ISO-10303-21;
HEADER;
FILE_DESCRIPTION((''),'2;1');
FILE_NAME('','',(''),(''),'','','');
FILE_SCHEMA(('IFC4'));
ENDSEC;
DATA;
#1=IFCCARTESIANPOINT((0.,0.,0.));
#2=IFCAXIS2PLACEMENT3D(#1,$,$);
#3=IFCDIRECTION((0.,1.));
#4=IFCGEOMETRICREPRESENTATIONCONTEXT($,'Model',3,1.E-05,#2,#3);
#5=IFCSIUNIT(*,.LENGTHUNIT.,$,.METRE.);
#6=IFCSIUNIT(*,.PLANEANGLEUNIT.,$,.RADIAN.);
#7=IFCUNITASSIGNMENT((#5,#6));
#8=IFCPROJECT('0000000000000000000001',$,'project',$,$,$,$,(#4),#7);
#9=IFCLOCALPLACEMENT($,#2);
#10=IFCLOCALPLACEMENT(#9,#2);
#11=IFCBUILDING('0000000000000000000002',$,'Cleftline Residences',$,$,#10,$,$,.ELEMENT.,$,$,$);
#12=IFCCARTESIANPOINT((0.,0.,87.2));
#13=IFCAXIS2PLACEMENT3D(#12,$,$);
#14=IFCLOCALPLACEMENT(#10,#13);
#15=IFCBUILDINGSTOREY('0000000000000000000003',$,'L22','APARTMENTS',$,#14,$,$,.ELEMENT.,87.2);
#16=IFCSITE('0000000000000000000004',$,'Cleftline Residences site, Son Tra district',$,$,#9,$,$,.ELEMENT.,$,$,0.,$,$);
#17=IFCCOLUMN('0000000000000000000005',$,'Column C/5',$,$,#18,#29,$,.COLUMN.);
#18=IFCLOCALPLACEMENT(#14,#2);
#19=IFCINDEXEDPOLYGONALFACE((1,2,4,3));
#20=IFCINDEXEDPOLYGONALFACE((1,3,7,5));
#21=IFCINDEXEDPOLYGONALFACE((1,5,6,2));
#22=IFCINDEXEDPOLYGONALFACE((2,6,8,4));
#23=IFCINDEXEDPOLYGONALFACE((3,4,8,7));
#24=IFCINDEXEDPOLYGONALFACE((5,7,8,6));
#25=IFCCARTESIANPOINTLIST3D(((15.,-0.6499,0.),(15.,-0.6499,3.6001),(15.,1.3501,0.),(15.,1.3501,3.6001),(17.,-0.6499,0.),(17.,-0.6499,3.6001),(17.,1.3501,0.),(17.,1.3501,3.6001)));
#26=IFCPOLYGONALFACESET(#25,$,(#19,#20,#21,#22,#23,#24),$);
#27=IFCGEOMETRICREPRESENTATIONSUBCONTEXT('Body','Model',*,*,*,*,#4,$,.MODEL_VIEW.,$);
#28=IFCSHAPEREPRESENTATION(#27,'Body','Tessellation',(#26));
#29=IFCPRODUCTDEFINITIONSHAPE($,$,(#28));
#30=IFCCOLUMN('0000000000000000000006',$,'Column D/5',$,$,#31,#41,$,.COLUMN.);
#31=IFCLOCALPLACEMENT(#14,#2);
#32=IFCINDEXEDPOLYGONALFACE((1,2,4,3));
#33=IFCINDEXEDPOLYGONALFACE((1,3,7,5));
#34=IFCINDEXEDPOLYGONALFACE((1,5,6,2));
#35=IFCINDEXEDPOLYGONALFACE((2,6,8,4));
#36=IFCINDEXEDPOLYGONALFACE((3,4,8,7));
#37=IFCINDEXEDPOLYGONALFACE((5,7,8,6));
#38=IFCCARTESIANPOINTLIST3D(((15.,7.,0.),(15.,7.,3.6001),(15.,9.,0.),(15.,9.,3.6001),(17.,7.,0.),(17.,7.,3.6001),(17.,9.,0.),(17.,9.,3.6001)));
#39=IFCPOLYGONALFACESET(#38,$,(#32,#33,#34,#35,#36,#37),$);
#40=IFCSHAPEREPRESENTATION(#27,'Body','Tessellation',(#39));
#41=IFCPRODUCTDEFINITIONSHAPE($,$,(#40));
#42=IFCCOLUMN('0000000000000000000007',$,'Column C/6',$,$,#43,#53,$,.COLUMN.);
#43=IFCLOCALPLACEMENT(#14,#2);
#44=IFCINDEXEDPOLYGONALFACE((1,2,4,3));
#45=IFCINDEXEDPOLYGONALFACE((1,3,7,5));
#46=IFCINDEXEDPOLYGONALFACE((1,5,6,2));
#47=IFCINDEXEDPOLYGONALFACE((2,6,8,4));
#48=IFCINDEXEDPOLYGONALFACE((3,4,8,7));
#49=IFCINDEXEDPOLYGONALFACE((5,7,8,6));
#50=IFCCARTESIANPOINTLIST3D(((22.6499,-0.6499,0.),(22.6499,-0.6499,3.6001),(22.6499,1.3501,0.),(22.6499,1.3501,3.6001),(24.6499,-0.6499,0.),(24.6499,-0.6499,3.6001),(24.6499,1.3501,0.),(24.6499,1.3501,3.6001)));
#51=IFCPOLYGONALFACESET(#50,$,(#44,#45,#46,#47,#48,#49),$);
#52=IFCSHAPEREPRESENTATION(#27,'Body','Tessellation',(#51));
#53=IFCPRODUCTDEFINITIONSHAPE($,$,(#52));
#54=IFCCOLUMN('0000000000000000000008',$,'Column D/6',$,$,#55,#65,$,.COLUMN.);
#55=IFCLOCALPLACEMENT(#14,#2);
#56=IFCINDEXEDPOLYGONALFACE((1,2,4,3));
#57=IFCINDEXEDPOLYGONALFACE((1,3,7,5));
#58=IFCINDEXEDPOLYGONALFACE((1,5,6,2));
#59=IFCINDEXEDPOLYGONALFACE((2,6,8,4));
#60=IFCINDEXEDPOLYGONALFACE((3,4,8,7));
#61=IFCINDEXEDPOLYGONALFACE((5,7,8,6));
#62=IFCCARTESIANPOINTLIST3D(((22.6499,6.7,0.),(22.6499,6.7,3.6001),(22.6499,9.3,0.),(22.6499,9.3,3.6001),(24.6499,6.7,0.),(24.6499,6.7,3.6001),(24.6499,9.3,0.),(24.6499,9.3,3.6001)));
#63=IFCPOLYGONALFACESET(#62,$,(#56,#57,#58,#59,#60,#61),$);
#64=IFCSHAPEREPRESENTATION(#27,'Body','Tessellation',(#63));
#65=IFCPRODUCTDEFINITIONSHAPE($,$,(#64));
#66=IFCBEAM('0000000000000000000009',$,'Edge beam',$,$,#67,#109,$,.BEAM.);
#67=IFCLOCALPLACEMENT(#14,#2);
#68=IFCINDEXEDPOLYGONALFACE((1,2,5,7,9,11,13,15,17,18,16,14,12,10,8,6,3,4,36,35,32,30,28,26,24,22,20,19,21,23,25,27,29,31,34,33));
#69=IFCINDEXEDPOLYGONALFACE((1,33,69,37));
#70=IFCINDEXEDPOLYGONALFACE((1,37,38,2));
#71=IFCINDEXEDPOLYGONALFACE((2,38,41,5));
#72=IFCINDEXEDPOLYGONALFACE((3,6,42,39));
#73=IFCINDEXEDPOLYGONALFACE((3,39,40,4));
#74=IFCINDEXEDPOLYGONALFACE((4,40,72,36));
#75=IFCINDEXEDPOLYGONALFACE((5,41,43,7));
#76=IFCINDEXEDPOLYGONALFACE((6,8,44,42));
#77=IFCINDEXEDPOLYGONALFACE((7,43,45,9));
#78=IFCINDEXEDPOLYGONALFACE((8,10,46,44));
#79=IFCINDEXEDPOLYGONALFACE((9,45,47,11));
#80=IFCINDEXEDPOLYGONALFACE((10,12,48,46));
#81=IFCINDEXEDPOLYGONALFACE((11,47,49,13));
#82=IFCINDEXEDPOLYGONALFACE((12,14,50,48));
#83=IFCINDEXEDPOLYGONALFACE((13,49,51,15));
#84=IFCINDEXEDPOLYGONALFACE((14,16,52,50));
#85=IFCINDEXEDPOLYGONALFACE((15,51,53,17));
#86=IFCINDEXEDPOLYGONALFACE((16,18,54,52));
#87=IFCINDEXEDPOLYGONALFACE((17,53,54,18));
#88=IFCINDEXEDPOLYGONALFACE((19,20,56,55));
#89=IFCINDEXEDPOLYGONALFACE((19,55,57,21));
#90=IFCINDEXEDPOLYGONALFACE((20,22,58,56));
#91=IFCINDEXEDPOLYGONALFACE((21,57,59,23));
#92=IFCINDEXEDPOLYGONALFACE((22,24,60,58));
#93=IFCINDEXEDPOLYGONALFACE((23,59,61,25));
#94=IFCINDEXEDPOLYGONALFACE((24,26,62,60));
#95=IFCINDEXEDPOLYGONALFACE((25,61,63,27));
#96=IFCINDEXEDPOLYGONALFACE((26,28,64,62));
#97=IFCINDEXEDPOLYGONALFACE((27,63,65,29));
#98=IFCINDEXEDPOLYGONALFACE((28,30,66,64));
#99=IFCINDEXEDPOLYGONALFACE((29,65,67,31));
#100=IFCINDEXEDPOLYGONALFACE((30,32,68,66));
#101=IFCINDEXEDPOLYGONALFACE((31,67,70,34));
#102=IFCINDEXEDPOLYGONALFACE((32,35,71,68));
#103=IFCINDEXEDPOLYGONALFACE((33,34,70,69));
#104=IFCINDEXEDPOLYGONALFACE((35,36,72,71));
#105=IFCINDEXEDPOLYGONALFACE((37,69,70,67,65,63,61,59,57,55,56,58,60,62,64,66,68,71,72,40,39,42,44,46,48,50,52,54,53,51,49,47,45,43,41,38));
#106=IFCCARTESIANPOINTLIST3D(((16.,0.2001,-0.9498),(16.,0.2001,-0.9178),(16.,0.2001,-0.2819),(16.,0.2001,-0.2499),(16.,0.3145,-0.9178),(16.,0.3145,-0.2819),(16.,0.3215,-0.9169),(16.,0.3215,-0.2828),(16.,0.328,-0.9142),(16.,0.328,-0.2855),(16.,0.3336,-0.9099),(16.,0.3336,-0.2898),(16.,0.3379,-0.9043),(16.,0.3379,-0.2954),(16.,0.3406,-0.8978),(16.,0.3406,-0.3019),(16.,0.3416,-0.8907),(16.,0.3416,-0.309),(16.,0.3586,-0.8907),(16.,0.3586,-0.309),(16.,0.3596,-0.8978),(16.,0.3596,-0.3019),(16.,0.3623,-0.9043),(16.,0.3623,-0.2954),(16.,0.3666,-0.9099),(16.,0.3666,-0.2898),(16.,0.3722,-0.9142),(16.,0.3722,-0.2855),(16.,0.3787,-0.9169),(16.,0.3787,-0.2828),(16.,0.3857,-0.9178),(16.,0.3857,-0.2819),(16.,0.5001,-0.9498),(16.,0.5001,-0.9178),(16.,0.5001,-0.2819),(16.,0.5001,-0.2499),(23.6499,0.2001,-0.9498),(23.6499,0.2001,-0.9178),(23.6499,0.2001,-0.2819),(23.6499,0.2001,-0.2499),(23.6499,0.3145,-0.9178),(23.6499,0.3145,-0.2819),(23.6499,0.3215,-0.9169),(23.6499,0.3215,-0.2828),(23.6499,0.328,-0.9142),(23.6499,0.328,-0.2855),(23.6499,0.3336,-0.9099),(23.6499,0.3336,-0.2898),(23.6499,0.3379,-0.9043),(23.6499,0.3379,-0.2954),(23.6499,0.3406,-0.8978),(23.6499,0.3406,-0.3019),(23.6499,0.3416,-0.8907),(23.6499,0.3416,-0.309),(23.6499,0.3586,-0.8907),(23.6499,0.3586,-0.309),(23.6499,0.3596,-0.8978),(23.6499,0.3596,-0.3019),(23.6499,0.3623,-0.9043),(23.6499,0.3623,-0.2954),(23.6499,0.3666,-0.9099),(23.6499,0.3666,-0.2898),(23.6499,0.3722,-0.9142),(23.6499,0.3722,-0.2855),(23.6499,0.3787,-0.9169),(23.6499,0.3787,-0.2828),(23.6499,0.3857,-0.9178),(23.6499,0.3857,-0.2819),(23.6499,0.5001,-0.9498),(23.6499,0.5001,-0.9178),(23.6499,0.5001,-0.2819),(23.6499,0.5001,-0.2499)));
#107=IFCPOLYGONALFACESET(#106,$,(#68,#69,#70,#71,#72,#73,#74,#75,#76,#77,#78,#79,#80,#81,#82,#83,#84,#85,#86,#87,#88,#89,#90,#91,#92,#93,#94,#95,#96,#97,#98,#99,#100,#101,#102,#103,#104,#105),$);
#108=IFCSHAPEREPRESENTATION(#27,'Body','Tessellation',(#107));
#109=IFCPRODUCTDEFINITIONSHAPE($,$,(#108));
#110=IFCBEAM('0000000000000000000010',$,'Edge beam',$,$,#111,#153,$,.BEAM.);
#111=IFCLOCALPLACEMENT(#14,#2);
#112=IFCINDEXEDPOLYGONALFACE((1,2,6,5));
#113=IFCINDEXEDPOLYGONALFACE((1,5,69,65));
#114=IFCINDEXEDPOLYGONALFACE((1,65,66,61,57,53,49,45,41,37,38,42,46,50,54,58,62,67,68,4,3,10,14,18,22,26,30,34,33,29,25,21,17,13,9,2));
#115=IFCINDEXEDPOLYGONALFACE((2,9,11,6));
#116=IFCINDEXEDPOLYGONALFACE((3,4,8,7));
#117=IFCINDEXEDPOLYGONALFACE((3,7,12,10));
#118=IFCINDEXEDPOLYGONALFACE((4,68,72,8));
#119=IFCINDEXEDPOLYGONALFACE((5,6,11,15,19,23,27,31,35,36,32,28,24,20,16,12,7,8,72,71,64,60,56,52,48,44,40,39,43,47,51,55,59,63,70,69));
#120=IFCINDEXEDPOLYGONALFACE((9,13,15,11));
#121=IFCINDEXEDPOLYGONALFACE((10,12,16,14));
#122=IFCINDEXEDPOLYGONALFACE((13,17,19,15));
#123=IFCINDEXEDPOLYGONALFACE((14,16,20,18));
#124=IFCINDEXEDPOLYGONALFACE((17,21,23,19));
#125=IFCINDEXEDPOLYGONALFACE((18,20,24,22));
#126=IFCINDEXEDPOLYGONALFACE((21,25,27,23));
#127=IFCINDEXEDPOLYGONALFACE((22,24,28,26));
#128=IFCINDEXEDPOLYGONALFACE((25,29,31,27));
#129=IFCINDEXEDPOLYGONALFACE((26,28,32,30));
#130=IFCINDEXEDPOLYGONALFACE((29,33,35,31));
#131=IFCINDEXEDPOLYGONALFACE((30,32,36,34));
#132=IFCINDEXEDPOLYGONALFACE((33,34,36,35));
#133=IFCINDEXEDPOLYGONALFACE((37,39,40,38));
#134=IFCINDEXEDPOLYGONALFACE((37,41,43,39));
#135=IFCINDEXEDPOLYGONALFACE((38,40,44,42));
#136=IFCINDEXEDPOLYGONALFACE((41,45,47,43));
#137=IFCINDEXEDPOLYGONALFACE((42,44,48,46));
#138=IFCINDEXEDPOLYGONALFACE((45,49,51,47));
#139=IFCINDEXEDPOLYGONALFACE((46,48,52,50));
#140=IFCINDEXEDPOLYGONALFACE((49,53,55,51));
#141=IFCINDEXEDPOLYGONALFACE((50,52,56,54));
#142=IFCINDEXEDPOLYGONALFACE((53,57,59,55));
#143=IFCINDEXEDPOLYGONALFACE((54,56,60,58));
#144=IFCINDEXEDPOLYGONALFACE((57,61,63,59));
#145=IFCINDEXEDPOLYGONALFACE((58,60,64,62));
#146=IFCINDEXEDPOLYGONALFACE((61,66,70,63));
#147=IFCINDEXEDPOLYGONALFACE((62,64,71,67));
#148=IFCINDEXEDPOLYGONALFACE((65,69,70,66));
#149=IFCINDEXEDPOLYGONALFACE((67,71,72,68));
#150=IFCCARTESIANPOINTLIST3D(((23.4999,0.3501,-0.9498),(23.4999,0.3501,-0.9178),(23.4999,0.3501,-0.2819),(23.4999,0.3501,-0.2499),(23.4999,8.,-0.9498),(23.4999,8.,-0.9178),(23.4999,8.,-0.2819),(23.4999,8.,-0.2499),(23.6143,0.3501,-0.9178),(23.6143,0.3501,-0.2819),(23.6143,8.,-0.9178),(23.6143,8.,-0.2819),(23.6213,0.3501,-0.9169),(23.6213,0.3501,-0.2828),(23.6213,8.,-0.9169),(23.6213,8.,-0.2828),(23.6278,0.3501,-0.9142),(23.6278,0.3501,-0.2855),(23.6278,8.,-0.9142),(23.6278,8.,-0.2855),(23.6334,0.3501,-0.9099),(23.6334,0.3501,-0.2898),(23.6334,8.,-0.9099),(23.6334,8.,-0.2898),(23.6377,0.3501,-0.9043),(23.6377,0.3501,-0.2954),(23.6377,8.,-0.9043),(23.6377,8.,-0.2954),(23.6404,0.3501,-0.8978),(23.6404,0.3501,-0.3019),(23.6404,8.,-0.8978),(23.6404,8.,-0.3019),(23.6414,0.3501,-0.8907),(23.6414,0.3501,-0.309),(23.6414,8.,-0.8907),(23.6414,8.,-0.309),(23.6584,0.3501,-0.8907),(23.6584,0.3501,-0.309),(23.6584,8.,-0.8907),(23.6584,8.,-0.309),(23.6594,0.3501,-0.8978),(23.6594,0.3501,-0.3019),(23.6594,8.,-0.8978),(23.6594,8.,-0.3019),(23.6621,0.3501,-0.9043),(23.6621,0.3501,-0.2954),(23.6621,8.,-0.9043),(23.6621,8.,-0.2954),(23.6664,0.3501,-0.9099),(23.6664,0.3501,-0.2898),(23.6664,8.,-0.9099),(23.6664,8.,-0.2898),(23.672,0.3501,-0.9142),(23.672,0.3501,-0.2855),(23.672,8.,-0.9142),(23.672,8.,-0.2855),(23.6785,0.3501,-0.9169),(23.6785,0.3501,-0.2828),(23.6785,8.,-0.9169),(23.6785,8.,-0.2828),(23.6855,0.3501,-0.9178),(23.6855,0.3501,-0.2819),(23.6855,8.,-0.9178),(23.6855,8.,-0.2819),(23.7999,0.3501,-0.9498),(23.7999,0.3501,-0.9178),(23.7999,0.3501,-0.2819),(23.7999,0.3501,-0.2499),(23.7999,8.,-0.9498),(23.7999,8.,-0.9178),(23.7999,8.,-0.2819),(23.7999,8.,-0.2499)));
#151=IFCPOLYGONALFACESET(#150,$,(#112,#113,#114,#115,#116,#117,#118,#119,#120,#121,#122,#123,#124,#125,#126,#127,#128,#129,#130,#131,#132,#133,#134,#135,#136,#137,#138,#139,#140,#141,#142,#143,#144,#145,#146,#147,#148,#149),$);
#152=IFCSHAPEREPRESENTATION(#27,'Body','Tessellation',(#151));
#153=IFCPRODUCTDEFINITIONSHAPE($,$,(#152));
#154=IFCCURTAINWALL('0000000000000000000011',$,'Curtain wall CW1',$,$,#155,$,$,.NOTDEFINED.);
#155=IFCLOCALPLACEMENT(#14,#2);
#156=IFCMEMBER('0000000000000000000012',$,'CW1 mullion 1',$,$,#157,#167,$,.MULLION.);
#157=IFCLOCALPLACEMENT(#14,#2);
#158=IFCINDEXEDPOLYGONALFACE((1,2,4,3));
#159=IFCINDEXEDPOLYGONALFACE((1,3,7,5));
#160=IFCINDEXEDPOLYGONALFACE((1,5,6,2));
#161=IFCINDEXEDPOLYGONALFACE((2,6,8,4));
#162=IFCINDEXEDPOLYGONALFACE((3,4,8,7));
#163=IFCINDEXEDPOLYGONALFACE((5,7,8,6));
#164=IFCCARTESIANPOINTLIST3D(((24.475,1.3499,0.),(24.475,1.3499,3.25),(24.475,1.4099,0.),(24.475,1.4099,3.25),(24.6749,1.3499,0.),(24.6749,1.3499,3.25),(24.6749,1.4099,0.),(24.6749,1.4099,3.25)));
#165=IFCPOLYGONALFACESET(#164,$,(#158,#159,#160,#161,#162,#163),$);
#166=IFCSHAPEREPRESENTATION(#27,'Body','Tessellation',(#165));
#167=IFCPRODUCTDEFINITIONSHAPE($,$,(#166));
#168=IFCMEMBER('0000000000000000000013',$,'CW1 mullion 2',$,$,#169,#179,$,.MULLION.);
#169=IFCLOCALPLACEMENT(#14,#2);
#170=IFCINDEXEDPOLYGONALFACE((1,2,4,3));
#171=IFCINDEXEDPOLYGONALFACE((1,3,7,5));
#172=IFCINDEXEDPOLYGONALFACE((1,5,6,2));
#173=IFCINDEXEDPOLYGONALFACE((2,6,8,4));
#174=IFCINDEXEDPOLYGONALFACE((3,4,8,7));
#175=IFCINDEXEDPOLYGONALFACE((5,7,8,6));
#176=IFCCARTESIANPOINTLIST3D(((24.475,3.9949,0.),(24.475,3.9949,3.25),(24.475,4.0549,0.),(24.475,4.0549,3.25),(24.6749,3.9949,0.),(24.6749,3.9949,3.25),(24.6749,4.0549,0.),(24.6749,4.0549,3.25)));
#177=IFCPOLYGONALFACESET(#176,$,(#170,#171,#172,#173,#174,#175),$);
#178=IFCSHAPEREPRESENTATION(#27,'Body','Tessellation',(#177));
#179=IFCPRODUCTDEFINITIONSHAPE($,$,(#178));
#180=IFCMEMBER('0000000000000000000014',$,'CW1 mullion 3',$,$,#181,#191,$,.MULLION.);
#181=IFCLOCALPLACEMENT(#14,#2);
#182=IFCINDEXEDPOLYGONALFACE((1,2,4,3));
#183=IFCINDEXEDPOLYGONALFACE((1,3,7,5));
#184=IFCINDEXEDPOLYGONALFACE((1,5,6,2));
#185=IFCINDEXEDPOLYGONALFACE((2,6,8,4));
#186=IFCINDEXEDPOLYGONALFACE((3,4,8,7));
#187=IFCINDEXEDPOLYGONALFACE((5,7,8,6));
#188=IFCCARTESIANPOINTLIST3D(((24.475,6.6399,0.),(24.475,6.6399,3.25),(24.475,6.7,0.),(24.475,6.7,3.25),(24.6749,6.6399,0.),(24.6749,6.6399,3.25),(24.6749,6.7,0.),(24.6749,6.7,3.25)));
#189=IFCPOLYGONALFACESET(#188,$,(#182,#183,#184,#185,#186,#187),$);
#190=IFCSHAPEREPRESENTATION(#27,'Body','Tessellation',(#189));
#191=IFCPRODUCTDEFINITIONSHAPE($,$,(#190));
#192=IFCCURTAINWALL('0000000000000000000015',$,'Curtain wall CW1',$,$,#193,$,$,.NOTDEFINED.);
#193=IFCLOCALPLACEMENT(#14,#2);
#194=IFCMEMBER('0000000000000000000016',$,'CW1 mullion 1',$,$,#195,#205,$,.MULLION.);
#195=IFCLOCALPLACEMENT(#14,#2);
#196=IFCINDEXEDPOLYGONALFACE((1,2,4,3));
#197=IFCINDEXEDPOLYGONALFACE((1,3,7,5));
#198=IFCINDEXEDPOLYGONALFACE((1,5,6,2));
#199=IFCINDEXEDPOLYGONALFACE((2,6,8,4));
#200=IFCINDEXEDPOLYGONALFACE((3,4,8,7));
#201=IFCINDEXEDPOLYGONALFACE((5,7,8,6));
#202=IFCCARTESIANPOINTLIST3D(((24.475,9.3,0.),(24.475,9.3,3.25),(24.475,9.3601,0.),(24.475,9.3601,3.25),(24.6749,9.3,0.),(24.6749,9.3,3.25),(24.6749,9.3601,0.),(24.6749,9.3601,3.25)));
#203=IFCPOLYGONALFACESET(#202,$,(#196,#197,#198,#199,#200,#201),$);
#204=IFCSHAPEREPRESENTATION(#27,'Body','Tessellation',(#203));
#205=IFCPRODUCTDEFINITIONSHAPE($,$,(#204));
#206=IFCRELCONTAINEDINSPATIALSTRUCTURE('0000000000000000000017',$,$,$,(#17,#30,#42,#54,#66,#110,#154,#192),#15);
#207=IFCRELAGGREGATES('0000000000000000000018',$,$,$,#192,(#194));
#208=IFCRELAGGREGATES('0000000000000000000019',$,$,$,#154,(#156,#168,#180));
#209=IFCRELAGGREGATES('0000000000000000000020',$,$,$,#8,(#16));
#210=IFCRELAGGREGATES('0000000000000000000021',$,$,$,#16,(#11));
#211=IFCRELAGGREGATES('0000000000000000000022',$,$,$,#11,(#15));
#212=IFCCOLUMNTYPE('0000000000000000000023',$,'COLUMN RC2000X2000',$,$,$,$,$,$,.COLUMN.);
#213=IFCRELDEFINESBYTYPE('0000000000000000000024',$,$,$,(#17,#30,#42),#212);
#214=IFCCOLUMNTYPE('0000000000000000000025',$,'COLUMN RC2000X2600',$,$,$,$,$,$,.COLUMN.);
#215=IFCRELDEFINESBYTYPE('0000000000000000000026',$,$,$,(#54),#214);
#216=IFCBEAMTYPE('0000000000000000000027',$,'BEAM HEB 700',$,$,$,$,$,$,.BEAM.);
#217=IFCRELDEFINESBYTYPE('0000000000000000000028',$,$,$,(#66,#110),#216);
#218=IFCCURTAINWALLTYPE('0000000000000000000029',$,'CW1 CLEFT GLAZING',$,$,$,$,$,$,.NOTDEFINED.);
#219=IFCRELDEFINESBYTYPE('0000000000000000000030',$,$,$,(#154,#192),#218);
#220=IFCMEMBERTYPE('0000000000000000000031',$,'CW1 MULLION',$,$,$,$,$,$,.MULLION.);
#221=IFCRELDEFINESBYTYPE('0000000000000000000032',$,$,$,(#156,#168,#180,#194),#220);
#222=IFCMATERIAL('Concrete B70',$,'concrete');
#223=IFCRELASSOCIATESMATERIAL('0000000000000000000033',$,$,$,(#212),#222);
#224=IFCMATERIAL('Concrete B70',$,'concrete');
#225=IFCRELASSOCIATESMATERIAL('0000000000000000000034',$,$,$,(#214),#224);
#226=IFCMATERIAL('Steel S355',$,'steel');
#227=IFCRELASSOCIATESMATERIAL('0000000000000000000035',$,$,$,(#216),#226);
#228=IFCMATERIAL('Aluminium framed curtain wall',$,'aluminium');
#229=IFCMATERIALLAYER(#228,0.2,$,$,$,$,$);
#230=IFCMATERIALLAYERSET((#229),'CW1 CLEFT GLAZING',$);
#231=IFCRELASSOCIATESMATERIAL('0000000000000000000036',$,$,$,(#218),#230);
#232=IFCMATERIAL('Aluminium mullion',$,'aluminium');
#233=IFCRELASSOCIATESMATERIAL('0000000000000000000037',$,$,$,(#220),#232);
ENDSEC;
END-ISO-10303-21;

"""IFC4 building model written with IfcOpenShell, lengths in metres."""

from ifc_helpers import new_model, si_unit, direction, frame, origin, origin_2d, place, context, subcontext, project, spatial, rectangle, i_section, extrude, material, layer, layer_set, material_profile, profile_set, type_object, element, aggregate, save


model = new_model("IFC4")

# Units and contexts
model_context = context("Model", 3, precision=1e-05, world=origin(), true_north=direction((0.0, 1.0)))
body_context = subcontext(model_context, "Body", "Model", "MODEL_VIEW")
ifc_project = project(units=[si_unit("LENGTHUNIT", "METRE"), si_unit("PLANEANGLEUNIT", "RADIAN")], contexts=[model_context])

# Site, building, storey
site_placement = place(None, origin())
site = spatial("IfcSite", under=ifc_project, at=site_placement, Name="Cleftline Residences site, Son Tra district", CompositionType="ELEMENT", RefElevation=0.0)
building_placement = place(site_placement, origin())
building = spatial("IfcBuilding", under=site, at=building_placement, Name="Cleftline Residences", CompositionType="ELEMENT")
storey_placement = place(building_placement, frame((0.0, 0.0, 87.2)))
storey = spatial("IfcBuildingStorey", under=building, at=storey_placement, Name="L22", Description="APARTMENTS", CompositionType="ELEMENT", Elevation=87.2)

# Columns
ifc_material_1 = material(Name="Concrete B70", Category="concrete")
ifc_material_profile_1 = material_profile(ifc_material_1, rectangle(XDim=2.0, YDim=2.0, at=origin_2d()))
ifc_profile_set_1 = profile_set([ifc_material_profile_1], Name="Concrete B70")
column_type_1 = type_object("IfcColumnType", Name="COLUMN RC2000X2000", PredefinedType="COLUMN", material=ifc_profile_set_1)
for number, where, z_axis, x_axis, name in (
    (1, (16.0, 0.3501, 0.0), (0.0, 0.0, 1.0), (1.0, 0.0, 0.0), "Column C/5"),
    (2, (16.0, 8.0, 0.0), (0.0, 0.0, 1.0), (1.0, 0.0, 0.0), "Column D/5"),
    (3, (23.6499, 0.3501, 0.0), (0.0, 0.0, 1.0), (1.0, 0.0, 0.0), "Column C/6"),
):
    element("IfcColumn", number, at=place(storey_placement, frame(where, z_axis=z_axis, x_axis=x_axis)), inside=storey, type_object=column_type_1, Name=name, PredefinedType="COLUMN", context=body_context, shape_type="SweptSolid", body=[
        extrude(rectangle(XDim=2.0, YDim=2.0, at=origin_2d()), origin(), (0.0, 0.0, 1.0), 3.6001),
    ])
ifc_material_2 = material(Name="Concrete B70", Category="concrete")
ifc_material_profile_2 = material_profile(ifc_material_2, rectangle(XDim=2.0, YDim=2.6001, at=origin_2d()))
ifc_profile_set_2 = profile_set([ifc_material_profile_2], Name="Concrete B70")
column_type_2 = type_object("IfcColumnType", Name="COLUMN RC2000X2600", PredefinedType="COLUMN", material=ifc_profile_set_2)
column_placement = place(storey_placement, frame((23.6499, 8.0, 0.0), z_axis=(0.0, 0.0, 1.0), x_axis=(1.0, 0.0, 0.0)))
element("IfcColumn", 4, at=column_placement, inside=storey, type_object=column_type_2, Name="Column D/6", PredefinedType="COLUMN", context=body_context, shape_type="SweptSolid", body=[
    extrude(rectangle(XDim=2.0, YDim=2.6001, at=origin_2d()), origin(), (0.0, 0.0, 1.0), 3.6001),
])

# Beams
ifc_material_3 = material(Name="Steel S355", Category="steel")
ifc_material_profile_3 = material_profile(ifc_material_3, i_section(OverallWidth=0.3, OverallDepth=0.7, WebThickness=0.0171, FlangeThickness=0.032, FilletRadius=0.0271, at=origin_2d()))
ifc_profile_set_3 = profile_set([ifc_material_profile_3], Name="Steel S355")
beam_type = type_object("IfcBeamType", Name="BEAM HEB 700", PredefinedType="BEAM", material=ifc_profile_set_3)
for number, where, z_axis, x_axis, name in (
    (5, (16.0, 0.3501, -0.5999), (1.0, 0.0, 0.0), (0.0, 1.0, 0.0), "Edge beam"),
    (6, (23.6499, 0.3501, -0.5999), (0.0, 1.0, 0.0), (-1.0, 0.0, 0.0), "Edge beam"),
):
    element("IfcBeam", number, at=place(storey_placement, frame(where, z_axis=z_axis, x_axis=x_axis)), inside=storey, type_object=beam_type, Name=name, PredefinedType="BEAM", context=body_context, shape_type="SweptSolid", body=[
        extrude(i_section(OverallWidth=0.3, OverallDepth=0.7, WebThickness=0.0171, FlangeThickness=0.032, FilletRadius=0.0271, at=origin_2d()), origin(), (0.0, 0.0, 1.0), 7.6499),
    ])

# Curtain wall, members
ifc_material_4 = material(Name="Aluminium framed curtain wall", Category="aluminium")
ifc_layer_1 = layer(ifc_material_4, 0.2)
ifc_layer_set_1 = layer_set([ifc_layer_1], Name="CW1 CLEFT GLAZING")
curtain_wall_type = type_object("IfcCurtainWallType", Name="CW1 CLEFT GLAZING", PredefinedType="NOTDEFINED", material=ifc_layer_set_1)
curtain_wall_1_placement = place(storey_placement, origin())
curtain_wall_1 = element("IfcCurtainWall", 7, at=curtain_wall_1_placement, inside=storey, type_object=curtain_wall_type, Name="Curtain wall CW1", PredefinedType="NOTDEFINED")
ifc_material_5 = material(Name="Aluminium mullion", Category="aluminium")
ifc_material_profile_4 = material_profile(ifc_material_5, rectangle(XDim=0.2, YDim=0.0601, at=origin_2d()))
ifc_profile_set_4 = profile_set([ifc_material_profile_4], Name="Aluminium mullion")
member_type_1 = type_object("IfcMemberType", Name="CW1 MULLION", PredefinedType="MULLION", material=ifc_profile_set_4)
member_1_placement = place(storey_placement, frame((24.575, 1.3799, 0.0), z_axis=(0.0, 0.0, 1.0), x_axis=(-1.0, 0.0, 0.0)))
member_1 = element("IfcMember", 8, at=member_1_placement, type_object=member_type_1, Name="CW1 mullion 1", PredefinedType="MULLION", context=body_context, shape_type="SweptSolid", body=[
    extrude(rectangle(XDim=0.2, YDim=0.0601, at=origin_2d()), origin(), (0.0, 0.0, 1.0), 3.25),
])
member_2_placement = place(storey_placement, frame((24.575, 4.0249, 0.0), z_axis=(0.0, 0.0, 1.0), x_axis=(-1.0, 0.0, 0.0)))
member_2 = element("IfcMember", 9, at=member_2_placement, type_object=member_type_1, Name="CW1 mullion 2", PredefinedType="MULLION", context=body_context, shape_type="SweptSolid", body=[
    extrude(rectangle(XDim=0.2, YDim=0.0601, at=origin_2d()), origin(), (0.0, 0.0, 1.0), 3.25),
])
member_3_placement = place(storey_placement, frame((24.575, 6.6699, 0.0), z_axis=(0.0, 0.0, 1.0), x_axis=(-1.0, 0.0, 0.0)))
member_3 = element("IfcMember", 10, at=member_3_placement, type_object=member_type_1, Name="CW1 mullion 3", PredefinedType="MULLION", context=body_context, shape_type="SweptSolid", body=[
    extrude(rectangle(XDim=0.2, YDim=0.0601, at=origin_2d()), origin(), (0.0, 0.0, 1.0), 3.25),
])

# Curtain wall, member
curtain_wall_2_placement = place(storey_placement, origin())
curtain_wall_2 = element("IfcCurtainWall", 11, at=curtain_wall_2_placement, inside=storey, type_object=curtain_wall_type, Name="Curtain wall CW1", PredefinedType="NOTDEFINED")
member_4_placement = place(storey_placement, frame((24.575, 9.3301, 0.0), z_axis=(0.0, 0.0, 1.0), x_axis=(-1.0, 0.0, 0.0)))
member_4 = element("IfcMember", 12, at=member_4_placement, type_object=member_type_1, Name="CW1 mullion 1", PredefinedType="MULLION", context=body_context, shape_type="SweptSolid", body=[
    extrude(rectangle(XDim=0.2, YDim=0.0601, at=origin_2d()), origin(), (0.0, 0.0, 1.0), 3.25),
])

aggregate(curtain_wall_2, [member_4])

aggregate(curtain_wall_1, [member_1, member_2, member_3])

save(model, "model.ifc")
